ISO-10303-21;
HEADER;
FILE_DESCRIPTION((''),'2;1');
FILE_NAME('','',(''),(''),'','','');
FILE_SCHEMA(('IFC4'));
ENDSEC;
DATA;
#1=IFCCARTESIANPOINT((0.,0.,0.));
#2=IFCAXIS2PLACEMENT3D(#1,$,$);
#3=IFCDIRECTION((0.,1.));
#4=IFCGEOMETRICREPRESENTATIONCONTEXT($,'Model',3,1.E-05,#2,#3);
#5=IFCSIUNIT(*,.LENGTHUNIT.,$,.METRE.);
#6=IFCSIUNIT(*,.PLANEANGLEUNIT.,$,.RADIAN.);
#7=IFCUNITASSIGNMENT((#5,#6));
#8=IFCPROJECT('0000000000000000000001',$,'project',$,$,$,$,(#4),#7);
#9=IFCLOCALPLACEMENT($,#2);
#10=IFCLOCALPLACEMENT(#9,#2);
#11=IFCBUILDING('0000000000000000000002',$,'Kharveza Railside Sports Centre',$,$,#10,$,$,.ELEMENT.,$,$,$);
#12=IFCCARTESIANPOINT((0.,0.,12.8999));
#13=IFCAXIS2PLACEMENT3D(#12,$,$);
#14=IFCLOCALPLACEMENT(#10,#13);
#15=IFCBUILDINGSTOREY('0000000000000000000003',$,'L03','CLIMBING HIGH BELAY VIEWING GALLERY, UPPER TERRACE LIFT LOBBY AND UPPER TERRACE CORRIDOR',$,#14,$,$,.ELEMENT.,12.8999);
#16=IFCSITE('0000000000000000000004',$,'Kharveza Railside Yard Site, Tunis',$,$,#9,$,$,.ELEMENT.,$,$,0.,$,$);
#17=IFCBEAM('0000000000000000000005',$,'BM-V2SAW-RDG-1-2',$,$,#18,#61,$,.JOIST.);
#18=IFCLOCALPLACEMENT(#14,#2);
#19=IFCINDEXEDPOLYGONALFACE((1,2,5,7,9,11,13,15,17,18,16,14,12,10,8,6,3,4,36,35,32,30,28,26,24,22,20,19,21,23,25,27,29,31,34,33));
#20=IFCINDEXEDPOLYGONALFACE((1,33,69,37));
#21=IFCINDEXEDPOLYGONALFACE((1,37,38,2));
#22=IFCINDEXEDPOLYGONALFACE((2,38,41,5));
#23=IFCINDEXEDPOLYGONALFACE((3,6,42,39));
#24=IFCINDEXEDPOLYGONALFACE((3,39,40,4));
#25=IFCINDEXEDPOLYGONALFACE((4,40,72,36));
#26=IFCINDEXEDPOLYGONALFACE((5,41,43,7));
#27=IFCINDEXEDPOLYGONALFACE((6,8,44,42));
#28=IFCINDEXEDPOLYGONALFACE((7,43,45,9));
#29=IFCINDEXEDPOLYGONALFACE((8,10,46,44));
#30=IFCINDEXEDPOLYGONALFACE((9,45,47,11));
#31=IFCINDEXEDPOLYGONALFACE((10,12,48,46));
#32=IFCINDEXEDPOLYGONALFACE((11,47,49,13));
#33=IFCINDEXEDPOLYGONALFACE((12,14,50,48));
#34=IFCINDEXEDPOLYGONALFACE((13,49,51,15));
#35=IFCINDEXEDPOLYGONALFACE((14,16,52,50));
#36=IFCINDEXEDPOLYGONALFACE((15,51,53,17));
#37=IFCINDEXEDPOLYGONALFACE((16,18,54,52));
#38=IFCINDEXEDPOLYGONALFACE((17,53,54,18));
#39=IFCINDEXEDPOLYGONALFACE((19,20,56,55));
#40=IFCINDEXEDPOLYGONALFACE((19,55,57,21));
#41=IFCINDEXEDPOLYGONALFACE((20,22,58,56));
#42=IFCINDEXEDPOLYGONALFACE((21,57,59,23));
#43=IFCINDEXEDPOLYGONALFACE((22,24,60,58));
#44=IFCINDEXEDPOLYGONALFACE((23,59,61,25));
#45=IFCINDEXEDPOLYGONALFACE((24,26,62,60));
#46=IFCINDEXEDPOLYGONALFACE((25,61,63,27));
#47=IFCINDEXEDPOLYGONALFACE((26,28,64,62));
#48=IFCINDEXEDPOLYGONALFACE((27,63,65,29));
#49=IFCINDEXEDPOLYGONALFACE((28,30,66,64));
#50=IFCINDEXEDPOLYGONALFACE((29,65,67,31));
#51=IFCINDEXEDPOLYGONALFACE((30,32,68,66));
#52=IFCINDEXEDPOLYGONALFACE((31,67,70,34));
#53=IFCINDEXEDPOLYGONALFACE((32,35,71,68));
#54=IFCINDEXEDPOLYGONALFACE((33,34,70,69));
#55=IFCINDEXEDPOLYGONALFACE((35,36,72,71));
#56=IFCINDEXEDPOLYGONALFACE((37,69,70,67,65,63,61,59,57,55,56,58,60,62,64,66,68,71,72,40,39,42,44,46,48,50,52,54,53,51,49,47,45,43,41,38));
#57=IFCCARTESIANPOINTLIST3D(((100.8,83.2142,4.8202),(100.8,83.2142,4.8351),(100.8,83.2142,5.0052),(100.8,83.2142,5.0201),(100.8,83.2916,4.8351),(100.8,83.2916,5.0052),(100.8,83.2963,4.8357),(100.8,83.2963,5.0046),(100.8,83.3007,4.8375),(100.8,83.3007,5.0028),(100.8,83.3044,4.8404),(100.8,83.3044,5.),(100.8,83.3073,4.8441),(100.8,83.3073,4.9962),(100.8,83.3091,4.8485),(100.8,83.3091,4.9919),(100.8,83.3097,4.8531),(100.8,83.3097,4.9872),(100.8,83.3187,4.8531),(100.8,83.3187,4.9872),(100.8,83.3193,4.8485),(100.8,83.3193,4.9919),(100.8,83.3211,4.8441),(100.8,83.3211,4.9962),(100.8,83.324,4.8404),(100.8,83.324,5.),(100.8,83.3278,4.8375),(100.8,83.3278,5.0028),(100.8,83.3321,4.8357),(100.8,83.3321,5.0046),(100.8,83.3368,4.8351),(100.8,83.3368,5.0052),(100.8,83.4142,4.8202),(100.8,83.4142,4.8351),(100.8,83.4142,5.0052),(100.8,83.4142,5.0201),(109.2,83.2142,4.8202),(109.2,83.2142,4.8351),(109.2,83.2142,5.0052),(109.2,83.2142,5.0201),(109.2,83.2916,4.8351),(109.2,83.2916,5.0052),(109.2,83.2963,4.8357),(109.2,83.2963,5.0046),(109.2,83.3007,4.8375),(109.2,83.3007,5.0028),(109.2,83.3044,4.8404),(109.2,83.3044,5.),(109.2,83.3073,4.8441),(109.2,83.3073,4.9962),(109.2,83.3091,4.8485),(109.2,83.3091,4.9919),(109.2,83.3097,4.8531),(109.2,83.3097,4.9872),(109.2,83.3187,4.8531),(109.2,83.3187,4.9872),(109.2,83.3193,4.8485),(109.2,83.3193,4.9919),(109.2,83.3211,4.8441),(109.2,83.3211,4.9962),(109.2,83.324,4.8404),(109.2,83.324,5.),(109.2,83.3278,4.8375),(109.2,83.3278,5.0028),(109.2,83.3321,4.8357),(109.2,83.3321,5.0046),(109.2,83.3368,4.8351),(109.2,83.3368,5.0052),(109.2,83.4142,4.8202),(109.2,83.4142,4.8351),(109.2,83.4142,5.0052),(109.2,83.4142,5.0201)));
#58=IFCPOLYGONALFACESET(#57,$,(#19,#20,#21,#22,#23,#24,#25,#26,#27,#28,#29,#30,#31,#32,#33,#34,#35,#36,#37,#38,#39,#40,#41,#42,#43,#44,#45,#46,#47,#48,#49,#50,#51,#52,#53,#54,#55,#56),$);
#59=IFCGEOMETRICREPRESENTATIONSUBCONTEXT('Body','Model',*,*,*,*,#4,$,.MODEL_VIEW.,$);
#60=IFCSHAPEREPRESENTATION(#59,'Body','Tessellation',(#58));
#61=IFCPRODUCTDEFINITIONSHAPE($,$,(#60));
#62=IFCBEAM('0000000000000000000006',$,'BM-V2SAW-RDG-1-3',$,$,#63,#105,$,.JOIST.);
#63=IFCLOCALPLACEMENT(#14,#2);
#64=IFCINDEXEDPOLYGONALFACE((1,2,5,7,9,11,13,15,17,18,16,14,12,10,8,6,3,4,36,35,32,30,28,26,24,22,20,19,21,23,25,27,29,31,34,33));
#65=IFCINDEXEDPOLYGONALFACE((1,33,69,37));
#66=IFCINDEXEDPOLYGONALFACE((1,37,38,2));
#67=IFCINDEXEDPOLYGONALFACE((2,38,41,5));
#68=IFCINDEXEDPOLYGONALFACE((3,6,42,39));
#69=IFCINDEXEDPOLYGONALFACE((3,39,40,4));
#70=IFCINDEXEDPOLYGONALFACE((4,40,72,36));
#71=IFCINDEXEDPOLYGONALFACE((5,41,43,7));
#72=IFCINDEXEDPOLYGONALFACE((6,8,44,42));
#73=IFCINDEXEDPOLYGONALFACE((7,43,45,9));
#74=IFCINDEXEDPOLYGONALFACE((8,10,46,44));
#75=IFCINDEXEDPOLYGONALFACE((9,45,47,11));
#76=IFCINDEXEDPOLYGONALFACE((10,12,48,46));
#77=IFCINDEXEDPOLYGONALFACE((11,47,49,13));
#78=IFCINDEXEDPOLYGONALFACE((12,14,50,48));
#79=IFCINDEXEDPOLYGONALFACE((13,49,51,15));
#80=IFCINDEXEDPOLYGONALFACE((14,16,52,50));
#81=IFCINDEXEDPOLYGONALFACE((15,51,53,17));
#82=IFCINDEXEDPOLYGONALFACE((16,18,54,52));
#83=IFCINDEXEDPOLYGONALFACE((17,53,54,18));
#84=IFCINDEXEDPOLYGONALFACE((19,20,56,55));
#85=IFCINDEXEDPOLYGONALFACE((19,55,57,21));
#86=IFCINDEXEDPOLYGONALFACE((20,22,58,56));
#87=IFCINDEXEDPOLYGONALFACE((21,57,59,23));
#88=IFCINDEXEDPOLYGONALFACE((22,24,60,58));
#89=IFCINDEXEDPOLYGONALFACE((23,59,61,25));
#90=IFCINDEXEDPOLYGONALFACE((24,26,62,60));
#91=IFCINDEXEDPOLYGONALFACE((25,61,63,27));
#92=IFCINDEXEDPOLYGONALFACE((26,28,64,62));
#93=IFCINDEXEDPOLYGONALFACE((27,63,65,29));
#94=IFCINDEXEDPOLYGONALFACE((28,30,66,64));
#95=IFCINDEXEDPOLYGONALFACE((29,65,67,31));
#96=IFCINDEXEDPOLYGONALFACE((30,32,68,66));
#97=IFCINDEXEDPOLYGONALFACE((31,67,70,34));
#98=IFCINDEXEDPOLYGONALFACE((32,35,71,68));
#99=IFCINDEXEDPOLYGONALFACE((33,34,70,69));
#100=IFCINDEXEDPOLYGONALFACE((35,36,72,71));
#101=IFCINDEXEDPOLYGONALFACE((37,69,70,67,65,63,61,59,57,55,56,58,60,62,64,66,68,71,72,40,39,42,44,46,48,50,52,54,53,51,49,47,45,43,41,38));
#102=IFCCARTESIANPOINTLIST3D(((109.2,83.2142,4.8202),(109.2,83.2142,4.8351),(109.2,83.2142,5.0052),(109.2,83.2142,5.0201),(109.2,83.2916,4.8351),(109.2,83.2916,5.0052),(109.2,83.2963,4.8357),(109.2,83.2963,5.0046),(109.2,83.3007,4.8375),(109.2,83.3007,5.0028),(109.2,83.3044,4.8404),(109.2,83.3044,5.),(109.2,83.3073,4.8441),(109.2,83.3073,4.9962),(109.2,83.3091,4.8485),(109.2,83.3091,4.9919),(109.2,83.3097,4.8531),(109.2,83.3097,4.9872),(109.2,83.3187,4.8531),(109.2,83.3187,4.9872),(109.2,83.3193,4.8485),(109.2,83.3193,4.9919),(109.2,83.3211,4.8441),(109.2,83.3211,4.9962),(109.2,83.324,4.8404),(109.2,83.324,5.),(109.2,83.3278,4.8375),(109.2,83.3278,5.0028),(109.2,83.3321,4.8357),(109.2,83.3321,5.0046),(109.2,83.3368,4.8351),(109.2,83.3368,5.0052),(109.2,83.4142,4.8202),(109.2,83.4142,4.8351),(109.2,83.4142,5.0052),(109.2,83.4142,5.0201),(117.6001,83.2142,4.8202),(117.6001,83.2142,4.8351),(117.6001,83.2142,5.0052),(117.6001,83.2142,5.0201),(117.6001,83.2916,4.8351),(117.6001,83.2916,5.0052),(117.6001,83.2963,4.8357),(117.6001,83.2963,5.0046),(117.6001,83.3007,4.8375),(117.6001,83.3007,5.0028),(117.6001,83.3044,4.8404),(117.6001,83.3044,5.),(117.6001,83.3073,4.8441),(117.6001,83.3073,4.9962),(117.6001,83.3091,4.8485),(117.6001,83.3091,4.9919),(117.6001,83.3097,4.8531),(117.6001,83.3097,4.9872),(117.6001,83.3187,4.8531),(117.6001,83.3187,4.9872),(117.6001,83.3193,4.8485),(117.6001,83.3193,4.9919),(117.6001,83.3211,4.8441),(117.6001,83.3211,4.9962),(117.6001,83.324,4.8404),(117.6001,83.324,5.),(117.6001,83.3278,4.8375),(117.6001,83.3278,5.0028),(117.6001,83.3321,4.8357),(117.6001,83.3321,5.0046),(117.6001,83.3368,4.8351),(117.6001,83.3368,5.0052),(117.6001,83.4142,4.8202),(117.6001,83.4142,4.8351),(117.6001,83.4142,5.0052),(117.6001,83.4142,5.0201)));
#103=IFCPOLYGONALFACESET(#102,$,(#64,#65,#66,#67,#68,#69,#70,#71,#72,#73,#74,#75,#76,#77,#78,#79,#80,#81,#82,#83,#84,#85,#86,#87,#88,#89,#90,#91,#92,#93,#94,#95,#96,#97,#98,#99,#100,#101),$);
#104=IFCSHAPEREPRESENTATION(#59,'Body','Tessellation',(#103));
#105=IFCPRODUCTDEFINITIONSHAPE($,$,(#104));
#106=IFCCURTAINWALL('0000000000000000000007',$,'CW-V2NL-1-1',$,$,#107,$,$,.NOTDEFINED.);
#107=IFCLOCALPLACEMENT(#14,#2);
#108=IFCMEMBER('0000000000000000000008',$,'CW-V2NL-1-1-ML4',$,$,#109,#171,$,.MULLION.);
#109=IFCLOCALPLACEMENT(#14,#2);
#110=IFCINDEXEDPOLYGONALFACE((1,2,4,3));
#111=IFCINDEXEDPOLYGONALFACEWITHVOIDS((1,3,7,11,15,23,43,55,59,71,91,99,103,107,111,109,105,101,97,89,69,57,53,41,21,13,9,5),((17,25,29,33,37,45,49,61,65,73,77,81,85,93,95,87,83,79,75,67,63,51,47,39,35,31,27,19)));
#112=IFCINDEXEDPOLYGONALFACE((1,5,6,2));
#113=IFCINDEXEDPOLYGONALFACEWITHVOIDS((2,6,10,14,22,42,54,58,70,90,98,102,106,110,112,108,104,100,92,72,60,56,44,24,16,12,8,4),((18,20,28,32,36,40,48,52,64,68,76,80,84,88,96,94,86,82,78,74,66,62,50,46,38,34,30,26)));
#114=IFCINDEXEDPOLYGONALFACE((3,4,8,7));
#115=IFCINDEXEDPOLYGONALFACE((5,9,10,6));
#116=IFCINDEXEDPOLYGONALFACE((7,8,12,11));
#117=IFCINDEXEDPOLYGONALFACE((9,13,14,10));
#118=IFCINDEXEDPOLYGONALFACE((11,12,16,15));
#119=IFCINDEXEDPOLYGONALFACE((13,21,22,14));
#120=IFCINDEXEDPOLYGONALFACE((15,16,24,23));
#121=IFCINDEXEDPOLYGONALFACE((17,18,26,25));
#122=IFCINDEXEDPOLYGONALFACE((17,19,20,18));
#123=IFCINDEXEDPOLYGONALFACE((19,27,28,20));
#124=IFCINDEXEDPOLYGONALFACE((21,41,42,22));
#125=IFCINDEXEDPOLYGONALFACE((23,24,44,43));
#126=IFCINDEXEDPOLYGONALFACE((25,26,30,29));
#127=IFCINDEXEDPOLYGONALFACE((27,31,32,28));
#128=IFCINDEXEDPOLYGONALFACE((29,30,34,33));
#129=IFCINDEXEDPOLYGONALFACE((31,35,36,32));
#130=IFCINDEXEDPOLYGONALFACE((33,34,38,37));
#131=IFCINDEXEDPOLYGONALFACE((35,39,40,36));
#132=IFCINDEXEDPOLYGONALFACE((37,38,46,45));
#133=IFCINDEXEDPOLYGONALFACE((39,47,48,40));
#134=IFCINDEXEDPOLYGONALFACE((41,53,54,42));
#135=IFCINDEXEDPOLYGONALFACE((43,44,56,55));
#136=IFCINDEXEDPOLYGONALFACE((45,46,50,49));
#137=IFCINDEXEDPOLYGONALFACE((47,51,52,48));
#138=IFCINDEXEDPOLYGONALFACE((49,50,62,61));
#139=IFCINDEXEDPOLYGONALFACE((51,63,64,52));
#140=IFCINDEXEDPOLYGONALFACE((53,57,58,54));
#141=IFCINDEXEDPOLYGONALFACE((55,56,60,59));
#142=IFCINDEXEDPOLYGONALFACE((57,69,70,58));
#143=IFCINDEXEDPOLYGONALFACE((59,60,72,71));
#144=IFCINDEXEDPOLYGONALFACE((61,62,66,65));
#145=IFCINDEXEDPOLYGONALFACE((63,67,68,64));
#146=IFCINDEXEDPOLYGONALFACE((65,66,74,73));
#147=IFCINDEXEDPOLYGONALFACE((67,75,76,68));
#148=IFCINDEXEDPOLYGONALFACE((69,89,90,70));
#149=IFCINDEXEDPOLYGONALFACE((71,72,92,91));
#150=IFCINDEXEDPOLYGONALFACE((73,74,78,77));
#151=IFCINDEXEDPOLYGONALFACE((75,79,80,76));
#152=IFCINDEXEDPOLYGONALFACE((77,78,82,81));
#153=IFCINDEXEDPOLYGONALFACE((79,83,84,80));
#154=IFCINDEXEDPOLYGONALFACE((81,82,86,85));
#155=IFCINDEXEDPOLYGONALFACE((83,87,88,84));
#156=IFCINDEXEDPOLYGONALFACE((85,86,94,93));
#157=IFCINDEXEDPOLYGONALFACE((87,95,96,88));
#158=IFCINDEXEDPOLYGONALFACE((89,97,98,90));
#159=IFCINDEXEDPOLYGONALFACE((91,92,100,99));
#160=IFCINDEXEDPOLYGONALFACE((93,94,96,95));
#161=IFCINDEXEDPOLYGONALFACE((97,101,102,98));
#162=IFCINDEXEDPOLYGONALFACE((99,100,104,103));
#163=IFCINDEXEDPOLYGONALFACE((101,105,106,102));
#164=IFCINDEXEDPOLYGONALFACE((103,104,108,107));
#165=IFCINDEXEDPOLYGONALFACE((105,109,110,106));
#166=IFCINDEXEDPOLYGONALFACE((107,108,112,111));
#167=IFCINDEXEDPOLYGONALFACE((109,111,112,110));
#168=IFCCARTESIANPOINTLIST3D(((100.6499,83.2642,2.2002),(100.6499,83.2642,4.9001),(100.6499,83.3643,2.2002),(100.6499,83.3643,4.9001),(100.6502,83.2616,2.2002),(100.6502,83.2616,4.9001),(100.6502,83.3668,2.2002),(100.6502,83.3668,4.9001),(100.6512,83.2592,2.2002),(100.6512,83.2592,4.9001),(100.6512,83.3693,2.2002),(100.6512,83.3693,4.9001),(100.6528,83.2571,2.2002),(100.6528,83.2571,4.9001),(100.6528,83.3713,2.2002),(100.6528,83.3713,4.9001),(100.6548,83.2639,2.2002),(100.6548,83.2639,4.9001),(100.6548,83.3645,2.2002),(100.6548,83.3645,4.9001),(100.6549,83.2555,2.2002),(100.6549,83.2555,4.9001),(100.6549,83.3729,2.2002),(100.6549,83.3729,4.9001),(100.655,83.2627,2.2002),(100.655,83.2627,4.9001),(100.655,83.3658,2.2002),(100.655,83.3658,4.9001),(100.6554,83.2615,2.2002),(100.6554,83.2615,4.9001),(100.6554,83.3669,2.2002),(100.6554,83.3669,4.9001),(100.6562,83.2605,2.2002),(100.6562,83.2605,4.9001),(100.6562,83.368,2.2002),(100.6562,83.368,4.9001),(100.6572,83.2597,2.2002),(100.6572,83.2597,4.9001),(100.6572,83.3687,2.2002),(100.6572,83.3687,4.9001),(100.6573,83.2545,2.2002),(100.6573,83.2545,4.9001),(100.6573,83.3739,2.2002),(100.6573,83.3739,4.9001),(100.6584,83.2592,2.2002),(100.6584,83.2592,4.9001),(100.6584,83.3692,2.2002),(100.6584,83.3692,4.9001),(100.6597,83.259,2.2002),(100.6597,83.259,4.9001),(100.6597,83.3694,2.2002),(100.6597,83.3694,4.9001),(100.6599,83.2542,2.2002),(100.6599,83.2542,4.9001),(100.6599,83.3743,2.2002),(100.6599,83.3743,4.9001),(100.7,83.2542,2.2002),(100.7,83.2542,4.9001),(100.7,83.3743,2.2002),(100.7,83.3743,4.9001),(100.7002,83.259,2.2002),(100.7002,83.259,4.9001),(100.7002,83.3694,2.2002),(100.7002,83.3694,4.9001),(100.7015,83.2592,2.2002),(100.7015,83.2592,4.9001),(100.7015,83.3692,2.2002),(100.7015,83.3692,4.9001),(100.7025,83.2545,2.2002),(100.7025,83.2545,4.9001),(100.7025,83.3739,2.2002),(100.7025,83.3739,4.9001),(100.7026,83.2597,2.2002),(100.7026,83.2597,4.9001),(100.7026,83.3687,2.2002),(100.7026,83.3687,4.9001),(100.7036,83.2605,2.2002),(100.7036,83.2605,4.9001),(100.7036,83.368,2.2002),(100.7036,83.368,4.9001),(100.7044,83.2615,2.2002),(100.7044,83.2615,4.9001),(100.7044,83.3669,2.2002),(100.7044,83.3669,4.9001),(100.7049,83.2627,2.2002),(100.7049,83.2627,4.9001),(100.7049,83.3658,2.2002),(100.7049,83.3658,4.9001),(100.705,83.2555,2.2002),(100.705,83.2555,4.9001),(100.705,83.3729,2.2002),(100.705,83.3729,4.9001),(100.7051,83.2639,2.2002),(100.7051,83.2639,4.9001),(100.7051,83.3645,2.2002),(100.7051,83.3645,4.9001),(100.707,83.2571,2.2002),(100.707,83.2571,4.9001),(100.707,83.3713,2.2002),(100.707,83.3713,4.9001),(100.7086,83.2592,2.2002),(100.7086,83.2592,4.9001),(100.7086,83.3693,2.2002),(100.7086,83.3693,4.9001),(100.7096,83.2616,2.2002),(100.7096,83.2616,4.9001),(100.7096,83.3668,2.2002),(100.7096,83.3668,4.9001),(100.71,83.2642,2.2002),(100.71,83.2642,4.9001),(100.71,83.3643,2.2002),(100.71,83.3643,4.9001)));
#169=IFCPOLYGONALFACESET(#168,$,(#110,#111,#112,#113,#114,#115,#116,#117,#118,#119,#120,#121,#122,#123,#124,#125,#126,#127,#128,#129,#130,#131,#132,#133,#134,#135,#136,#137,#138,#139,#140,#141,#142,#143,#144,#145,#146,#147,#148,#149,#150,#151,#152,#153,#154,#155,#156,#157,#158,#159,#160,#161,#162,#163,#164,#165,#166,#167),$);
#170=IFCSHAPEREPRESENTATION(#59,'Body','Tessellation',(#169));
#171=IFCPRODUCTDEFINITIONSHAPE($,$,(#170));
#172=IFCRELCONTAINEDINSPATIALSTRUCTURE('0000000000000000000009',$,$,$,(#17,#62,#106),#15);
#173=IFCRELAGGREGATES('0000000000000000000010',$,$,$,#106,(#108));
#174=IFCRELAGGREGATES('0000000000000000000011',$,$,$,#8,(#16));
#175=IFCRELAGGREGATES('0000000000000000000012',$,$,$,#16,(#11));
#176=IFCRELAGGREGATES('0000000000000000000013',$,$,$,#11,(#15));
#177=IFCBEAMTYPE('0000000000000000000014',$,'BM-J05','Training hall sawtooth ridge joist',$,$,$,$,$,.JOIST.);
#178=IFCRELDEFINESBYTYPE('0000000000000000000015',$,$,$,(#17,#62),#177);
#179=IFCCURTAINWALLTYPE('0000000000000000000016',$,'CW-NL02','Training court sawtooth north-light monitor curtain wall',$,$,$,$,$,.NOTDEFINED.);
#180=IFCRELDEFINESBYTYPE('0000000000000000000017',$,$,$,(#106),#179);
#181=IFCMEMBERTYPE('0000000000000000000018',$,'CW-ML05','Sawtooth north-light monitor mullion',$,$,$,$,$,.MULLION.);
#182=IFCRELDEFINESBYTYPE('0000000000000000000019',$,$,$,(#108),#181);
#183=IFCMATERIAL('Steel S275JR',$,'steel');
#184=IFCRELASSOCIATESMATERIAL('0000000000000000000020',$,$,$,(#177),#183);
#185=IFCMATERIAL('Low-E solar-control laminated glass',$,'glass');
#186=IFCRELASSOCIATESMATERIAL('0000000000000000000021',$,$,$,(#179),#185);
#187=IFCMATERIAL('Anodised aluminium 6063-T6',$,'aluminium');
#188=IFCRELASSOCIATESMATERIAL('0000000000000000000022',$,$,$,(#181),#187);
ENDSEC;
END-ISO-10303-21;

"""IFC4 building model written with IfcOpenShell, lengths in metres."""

from ifc_helpers import new_model, si_unit, direction, frame, origin, origin_2d, place, context, subcontext, project, spatial, hollow_rectangle, i_section, extrude, material, material_profile, profile_set, type_object, element, aggregate, save


model = new_model("IFC4")

# Units and contexts
model_context = context("Model", 3, precision=1e-05, world=origin(), true_north=direction((0.0, 1.0)))
body_context = subcontext(model_context, "Body", "Model", "MODEL_VIEW")
ifc_project = project(units=[si_unit("LENGTHUNIT", "METRE"), si_unit("PLANEANGLEUNIT", "RADIAN")], contexts=[model_context])

# Site, building, storey
site_placement = place(None, origin())
site = spatial("IfcSite", under=ifc_project, at=site_placement, Name="Kharveza Railside Yard Site, Tunis", CompositionType="ELEMENT", RefElevation=0.0)
building_placement = place(site_placement, origin())
building = spatial("IfcBuilding", under=site, at=building_placement, Name="Kharveza Railside Sports Centre", CompositionType="ELEMENT")
storey_placement = place(building_placement, frame((0.0, 0.0, 12.8999)))
storey = spatial("IfcBuildingStorey", under=building, at=storey_placement, Name="L03", Description="CLIMBING HIGH BELAY VIEWING GALLERY, UPPER TERRACE LIFT LOBBY AND UPPER TERRACE CORRIDOR", CompositionType="ELEMENT", Elevation=12.8999)

# Beams
ifc_material_1 = material(Name="Steel S275JR", Category="steel")
ifc_material_profile_1 = material_profile(ifc_material_1, i_section(OverallWidth=0.2, OverallDepth=0.2, WebThickness=0.009, FlangeThickness=0.0149, FilletRadius=0.0181, at=origin_2d()), Name="HEB 200")
ifc_profile_set_1 = profile_set([ifc_material_profile_1], Name="Steel S275JR")
beam_type_1 = type_object("IfcBeamType", Name="BM-J05", Description="Training hall sawtooth ridge joist", PredefinedType="JOIST", material=ifc_profile_set_1)
beam_1_placement = place(storey_placement, frame((100.8, 83.3142, 4.9202), z_axis=(1.0, 0.0, 0.0), x_axis=(0.0, 1.0, 0.0)))
element("IfcBeam", 1, at=beam_1_placement, inside=storey, type_object=beam_type_1, Name="BM-V2SAW-RDG-1-2", PredefinedType="JOIST", context=body_context, shape_type="SweptSolid", body=[
    extrude(i_section(OverallWidth=0.2, OverallDepth=0.2, WebThickness=0.009, FlangeThickness=0.0149, FilletRadius=0.0181, at=origin_2d()), origin(), (0.0, 0.0, 1.0), 8.3999),
])
beam_2_placement = place(storey_placement, frame((109.2, 83.3142, 4.9202), z_axis=(1.0, 0.0, 0.0), x_axis=(0.0, 1.0, 0.0)))
element("IfcBeam", 2, at=beam_2_placement, inside=storey, type_object=beam_type_1, Name="BM-V2SAW-RDG-1-3", PredefinedType="JOIST", context=body_context, shape_type="SweptSolid", body=[
    extrude(i_section(OverallWidth=0.2, OverallDepth=0.2, WebThickness=0.009, FlangeThickness=0.0149, FilletRadius=0.0181, at=origin_2d()), origin(), (0.0, 0.0, 1.0), 8.4001),
])

# Curtain wall, member
ifc_material_2 = material(Name="Low-E solar-control laminated glass", Category="glass")
curtain_wall_type = type_object("IfcCurtainWallType", Name="CW-NL02", Description="Training court sawtooth north-light monitor curtain wall", PredefinedType="NOTDEFINED", material=ifc_material_2)
curtain_wall_1_placement = place(storey_placement, origin())
curtain_wall_1 = element("IfcCurtainWall", 3, at=curtain_wall_1_placement, inside=storey, type_object=curtain_wall_type, Name="CW-V2NL-1-1", PredefinedType="NOTDEFINED")
ifc_material_3 = material(Name="Anodised aluminium 6063-T6", Category="aluminium")
ifc_material_profile_2 = material_profile(ifc_material_3, hollow_rectangle(XDim=0.0601, YDim=0.1201, WallThickness=0.0049, InnerFilletRadius=0.0049, OuterFilletRadius=0.01, at=origin_2d()), Name="RHS 60x120x5.0")
ifc_profile_set_2 = profile_set([ifc_material_profile_2], Name="Anodised aluminium 6063-T6")
member_type_1 = type_object("IfcMemberType", Name="CW-ML05", Description="Sawtooth north-light monitor mullion", PredefinedType="MULLION", material=ifc_profile_set_2)
member_1_placement = place(storey_placement, frame((100.6799, 83.3142, 2.2002), z_axis=(0.0, 0.0, 1.0), x_axis=(1.0, 0.0, 0.0)))
member_1 = element("IfcMember", 4, at=member_1_placement, type_object=member_type_1, Name="CW-V2NL-1-1-ML4", PredefinedType="MULLION", context=body_context, shape_type="SweptSolid", body=[
    extrude(hollow_rectangle(XDim=0.0601, YDim=0.1201, WallThickness=0.0049, InnerFilletRadius=0.0049, OuterFilletRadius=0.01, at=origin_2d()), origin(), (0.0, 0.0, 1.0), 2.7),
])
aggregate(curtain_wall_1, [member_1])

save(model, "model.ifc")
